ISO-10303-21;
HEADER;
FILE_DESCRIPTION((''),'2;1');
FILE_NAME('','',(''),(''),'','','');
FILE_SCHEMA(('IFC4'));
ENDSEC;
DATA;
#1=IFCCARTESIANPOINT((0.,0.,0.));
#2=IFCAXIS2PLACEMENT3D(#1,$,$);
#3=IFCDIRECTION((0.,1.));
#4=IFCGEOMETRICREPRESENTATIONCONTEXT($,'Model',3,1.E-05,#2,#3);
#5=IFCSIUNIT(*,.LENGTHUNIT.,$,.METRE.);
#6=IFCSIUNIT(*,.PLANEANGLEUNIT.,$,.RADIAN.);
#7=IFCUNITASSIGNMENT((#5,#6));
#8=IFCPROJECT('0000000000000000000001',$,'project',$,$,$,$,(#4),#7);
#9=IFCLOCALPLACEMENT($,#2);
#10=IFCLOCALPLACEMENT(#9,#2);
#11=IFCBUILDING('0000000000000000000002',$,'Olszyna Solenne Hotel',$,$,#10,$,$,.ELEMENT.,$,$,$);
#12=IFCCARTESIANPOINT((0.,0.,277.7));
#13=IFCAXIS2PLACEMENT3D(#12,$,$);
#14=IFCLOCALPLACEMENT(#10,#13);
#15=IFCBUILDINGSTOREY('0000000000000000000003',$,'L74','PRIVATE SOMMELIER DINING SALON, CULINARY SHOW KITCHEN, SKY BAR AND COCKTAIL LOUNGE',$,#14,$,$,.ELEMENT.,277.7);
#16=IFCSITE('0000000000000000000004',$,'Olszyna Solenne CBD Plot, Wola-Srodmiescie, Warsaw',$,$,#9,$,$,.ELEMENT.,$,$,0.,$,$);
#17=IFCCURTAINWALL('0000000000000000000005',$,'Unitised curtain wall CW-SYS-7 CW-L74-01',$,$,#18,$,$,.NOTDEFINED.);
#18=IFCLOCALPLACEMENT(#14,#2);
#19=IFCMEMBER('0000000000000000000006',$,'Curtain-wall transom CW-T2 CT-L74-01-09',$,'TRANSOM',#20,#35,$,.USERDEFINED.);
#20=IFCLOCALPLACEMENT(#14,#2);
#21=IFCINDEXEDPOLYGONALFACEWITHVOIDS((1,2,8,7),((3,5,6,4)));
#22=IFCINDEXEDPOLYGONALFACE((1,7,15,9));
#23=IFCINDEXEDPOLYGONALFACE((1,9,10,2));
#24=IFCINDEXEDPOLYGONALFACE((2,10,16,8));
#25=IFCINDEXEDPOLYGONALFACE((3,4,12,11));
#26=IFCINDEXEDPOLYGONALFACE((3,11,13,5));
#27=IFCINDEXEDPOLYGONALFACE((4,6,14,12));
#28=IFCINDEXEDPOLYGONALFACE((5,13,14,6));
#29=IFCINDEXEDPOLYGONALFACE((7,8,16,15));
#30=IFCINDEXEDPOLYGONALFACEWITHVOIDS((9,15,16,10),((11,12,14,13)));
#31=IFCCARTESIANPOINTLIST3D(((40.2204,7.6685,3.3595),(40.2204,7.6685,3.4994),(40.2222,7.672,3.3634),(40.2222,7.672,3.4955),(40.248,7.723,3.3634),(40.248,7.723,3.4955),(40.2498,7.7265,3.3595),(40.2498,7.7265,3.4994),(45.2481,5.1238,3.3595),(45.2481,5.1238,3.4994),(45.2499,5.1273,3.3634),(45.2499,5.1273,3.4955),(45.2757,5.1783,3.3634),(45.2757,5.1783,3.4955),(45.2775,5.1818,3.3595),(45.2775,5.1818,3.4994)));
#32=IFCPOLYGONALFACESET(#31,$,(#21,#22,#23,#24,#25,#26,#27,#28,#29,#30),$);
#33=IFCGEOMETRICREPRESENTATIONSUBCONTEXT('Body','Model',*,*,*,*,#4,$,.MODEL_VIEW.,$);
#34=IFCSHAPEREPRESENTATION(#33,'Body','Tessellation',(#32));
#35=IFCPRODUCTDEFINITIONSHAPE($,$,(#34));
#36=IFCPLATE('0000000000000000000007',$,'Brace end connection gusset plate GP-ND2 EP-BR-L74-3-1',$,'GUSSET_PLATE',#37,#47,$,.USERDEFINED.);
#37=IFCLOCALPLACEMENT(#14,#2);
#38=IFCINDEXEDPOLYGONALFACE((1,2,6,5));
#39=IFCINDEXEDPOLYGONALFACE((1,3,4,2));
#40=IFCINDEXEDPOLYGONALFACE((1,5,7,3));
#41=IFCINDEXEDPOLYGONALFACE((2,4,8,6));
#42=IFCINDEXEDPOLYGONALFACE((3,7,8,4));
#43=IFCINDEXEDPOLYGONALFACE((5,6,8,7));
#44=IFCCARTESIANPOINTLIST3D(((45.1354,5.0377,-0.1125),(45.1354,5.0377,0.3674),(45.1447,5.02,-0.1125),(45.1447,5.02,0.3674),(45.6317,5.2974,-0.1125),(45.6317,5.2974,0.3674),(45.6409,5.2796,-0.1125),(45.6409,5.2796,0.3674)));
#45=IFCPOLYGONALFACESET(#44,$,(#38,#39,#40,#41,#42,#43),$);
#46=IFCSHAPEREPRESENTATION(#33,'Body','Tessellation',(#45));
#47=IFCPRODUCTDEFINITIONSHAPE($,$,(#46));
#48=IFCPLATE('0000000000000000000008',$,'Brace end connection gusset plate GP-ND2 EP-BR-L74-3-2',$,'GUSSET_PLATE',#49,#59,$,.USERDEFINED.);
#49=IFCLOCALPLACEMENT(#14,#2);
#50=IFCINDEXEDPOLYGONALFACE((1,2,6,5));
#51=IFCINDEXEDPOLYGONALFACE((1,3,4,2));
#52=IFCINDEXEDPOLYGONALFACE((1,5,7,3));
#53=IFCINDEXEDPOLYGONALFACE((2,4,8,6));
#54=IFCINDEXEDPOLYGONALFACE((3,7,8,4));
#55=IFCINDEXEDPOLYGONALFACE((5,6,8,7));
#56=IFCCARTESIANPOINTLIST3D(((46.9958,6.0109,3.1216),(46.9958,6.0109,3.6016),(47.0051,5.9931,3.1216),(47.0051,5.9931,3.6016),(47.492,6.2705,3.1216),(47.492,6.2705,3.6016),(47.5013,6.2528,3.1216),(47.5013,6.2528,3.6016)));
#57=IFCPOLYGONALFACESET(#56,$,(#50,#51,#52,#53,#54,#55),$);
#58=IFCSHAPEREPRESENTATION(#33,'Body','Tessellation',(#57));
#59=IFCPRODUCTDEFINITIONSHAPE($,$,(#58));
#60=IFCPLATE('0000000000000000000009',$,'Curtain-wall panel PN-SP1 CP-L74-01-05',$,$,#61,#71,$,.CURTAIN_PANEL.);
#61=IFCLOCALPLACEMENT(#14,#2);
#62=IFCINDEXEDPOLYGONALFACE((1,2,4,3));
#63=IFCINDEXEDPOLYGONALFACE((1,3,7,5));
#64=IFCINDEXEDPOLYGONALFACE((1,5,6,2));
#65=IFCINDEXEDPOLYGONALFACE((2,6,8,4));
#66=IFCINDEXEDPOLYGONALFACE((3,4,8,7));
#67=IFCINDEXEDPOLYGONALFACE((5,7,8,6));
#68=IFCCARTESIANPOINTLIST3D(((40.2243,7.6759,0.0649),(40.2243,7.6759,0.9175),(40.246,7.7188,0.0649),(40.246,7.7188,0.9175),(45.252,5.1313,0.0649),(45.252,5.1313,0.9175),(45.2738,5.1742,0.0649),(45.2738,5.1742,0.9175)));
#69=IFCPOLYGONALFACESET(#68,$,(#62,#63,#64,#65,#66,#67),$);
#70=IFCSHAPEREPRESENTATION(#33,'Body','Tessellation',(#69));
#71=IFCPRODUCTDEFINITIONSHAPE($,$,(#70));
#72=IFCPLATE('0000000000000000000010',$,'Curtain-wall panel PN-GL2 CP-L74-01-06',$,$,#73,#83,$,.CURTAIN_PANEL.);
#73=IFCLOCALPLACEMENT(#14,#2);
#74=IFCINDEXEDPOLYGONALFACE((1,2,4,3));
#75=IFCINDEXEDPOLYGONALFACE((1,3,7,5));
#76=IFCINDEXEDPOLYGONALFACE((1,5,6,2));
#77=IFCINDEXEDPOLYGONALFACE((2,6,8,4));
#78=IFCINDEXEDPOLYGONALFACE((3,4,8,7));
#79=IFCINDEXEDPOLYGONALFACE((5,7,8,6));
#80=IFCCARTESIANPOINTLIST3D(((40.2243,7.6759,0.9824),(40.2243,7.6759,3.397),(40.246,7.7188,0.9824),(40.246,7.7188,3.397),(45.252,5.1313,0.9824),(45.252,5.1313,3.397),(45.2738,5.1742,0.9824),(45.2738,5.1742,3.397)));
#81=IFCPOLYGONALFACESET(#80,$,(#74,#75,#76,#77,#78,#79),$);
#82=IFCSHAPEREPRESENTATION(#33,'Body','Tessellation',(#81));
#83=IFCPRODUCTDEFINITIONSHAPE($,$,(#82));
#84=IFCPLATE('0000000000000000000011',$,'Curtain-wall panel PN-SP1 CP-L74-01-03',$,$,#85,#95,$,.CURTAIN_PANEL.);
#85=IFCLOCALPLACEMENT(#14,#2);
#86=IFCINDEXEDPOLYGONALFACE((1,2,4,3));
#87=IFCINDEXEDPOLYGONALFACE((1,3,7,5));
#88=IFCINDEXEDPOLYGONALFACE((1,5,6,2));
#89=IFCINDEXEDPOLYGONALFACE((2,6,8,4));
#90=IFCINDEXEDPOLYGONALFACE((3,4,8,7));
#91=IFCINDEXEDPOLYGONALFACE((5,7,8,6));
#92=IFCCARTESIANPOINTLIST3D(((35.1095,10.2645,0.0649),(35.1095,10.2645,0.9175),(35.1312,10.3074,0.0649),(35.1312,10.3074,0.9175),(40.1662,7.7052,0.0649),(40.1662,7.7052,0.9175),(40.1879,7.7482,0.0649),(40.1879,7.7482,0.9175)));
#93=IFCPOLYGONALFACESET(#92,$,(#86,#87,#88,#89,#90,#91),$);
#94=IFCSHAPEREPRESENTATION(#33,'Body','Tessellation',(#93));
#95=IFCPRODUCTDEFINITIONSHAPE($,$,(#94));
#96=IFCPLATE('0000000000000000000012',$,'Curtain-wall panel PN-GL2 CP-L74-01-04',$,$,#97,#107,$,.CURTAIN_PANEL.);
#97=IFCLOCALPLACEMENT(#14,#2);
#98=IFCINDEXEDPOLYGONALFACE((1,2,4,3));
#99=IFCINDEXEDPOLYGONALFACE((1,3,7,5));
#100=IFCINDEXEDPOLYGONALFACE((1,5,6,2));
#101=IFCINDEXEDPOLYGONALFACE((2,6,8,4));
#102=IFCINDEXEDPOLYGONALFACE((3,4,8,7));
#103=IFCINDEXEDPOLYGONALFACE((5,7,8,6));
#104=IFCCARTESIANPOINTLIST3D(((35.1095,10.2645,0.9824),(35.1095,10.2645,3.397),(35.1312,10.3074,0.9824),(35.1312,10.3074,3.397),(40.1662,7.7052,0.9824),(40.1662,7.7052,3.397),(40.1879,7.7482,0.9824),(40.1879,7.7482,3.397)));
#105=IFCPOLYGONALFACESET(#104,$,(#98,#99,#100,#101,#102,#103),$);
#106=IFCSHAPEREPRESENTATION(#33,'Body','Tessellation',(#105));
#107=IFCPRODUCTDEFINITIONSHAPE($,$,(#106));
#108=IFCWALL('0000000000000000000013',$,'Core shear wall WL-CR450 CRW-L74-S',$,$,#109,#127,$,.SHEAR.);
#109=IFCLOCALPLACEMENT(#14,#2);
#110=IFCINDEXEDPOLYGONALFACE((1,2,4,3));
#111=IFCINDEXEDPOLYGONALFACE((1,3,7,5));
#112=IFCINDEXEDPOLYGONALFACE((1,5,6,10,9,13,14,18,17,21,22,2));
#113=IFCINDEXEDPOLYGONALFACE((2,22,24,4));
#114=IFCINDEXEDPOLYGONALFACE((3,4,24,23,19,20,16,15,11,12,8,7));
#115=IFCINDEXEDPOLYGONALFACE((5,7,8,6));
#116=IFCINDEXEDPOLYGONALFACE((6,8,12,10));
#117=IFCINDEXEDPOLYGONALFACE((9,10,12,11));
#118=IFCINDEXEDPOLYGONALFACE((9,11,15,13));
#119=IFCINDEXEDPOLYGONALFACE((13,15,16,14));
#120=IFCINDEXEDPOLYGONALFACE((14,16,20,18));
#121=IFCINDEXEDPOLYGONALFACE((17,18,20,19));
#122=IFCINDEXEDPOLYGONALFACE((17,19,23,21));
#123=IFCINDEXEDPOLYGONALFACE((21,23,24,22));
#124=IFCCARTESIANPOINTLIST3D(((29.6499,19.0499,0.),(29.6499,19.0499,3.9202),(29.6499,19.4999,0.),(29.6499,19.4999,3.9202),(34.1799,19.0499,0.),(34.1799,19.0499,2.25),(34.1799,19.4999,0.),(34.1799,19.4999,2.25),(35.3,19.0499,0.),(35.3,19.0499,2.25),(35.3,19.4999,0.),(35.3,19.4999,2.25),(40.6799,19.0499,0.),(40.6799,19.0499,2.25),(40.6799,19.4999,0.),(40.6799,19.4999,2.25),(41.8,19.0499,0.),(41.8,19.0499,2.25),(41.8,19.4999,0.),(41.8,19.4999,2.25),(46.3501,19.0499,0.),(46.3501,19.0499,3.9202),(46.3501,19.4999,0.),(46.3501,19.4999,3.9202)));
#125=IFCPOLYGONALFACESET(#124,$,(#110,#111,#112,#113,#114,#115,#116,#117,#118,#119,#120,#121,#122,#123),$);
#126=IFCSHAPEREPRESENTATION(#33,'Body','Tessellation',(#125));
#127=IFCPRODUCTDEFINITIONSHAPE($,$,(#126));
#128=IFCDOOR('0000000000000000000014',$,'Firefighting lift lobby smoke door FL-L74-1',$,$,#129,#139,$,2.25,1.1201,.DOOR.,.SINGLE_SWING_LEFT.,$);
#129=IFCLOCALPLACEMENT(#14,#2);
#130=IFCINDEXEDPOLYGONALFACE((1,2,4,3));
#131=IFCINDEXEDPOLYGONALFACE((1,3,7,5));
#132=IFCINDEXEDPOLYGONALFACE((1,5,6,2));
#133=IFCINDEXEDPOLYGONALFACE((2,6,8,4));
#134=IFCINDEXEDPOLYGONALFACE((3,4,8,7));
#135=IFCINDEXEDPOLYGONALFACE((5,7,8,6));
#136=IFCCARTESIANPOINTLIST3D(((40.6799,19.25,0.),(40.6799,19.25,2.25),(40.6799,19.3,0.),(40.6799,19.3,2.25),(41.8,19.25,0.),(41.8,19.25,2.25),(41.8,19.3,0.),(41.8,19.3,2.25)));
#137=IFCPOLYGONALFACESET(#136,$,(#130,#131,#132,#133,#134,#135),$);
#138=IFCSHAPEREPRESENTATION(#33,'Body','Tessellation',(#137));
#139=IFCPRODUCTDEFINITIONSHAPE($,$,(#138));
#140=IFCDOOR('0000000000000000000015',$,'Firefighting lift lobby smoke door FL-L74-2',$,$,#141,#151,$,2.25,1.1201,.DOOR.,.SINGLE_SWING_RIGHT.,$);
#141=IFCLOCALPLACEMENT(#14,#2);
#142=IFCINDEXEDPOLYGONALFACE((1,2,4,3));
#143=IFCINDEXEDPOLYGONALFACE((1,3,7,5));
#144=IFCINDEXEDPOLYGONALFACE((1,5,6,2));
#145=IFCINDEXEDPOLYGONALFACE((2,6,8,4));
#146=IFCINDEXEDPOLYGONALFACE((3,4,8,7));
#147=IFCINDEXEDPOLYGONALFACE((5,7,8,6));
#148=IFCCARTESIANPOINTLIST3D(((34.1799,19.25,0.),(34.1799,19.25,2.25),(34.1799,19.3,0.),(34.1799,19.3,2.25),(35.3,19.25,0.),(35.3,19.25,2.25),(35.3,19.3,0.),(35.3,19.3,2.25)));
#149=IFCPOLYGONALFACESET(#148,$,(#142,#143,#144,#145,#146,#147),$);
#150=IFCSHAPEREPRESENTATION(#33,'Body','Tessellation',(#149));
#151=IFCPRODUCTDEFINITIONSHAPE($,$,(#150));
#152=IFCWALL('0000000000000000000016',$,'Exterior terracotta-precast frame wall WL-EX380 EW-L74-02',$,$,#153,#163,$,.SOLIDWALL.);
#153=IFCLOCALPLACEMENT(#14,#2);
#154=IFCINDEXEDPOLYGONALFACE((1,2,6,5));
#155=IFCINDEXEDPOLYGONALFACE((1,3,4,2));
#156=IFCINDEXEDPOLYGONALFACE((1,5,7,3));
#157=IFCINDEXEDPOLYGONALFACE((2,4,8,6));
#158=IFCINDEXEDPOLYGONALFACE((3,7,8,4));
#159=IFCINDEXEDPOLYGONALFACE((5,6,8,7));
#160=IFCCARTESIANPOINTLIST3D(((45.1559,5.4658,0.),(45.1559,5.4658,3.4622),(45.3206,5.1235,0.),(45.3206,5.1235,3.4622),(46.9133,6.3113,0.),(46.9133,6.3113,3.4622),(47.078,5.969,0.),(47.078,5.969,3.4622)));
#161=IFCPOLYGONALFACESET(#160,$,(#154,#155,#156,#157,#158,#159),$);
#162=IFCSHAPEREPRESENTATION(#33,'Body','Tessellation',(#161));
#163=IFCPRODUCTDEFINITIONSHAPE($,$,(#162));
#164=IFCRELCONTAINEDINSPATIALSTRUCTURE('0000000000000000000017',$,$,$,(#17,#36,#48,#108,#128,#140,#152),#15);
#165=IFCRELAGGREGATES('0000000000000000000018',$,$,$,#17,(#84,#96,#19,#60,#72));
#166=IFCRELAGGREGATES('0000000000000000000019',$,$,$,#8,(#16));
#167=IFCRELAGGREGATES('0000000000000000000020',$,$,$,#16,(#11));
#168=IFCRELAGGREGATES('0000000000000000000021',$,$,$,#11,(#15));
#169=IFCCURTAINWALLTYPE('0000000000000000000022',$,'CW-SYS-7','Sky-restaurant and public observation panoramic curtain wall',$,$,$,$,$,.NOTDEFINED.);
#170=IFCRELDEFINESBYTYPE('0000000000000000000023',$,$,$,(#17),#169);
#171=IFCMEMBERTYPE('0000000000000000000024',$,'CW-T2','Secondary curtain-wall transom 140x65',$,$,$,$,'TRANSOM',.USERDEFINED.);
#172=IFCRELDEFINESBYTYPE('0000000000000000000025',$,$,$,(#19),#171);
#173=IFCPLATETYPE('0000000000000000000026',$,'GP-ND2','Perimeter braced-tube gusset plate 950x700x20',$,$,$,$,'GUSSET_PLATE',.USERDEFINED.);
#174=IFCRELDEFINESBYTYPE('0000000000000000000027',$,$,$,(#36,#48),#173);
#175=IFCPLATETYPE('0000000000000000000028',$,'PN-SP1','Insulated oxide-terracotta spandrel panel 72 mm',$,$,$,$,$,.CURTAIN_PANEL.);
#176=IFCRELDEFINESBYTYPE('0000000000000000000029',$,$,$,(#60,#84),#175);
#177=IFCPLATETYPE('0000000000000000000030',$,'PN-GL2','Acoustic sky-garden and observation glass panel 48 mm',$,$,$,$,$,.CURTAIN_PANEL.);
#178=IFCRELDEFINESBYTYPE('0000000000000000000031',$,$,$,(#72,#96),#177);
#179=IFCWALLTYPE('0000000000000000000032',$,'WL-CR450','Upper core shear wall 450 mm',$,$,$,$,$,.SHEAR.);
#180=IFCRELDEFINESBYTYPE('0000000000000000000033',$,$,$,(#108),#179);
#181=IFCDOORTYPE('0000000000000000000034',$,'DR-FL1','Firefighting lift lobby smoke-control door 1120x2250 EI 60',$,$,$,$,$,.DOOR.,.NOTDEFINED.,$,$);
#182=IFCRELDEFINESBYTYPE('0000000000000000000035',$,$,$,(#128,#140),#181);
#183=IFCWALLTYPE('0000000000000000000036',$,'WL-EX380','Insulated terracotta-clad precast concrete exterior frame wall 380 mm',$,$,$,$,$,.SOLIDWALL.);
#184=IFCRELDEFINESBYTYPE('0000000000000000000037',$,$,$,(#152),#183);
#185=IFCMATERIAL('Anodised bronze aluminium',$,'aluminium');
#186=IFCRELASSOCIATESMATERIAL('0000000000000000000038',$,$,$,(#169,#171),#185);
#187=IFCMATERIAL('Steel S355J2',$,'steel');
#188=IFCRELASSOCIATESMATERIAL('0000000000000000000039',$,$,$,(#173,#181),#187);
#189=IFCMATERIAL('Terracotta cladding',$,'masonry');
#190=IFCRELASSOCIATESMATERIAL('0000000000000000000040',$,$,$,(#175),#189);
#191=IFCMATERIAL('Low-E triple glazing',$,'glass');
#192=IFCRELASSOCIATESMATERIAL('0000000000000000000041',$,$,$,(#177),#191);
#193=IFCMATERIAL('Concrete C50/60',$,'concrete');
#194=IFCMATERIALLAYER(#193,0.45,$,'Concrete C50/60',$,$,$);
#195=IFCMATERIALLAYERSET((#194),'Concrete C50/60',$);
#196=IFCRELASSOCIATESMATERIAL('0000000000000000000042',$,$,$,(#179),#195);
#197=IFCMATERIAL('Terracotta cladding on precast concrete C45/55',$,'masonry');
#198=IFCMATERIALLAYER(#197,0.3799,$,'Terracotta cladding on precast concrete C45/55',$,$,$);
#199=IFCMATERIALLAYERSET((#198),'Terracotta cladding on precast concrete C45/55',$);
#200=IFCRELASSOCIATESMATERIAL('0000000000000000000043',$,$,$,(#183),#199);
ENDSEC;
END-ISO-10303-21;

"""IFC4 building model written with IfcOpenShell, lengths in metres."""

from ifc_helpers import new_model, si_unit, direction, frame, frame_2d, origin, origin_2d, place, context, subcontext, project, spatial, rectangle, hollow_rectangle, extrude, source, transform, mapped, material, layer, layer_set, material_profile, profile_set, type_object, type_shapes, element, fill, aggregate, save


model = new_model("IFC4")

# Units and contexts
model_context = context("Model", 3, precision=1e-05, world=origin(), true_north=direction((0.0, 1.0)))
body_context = subcontext(model_context, "Body", "Model", "MODEL_VIEW")
ifc_project = project(units=[si_unit("LENGTHUNIT", "METRE"), si_unit("PLANEANGLEUNIT", "RADIAN")], contexts=[model_context])

# Site, building, storey
site_placement = place(None, origin())
site = spatial("IfcSite", under=ifc_project, at=site_placement, Name="Olszyna Solenne CBD Plot, Wola-Srodmiescie, Warsaw", CompositionType="ELEMENT", RefElevation=0.0)
building_placement = place(site_placement, origin())
building = spatial("IfcBuilding", under=site, at=building_placement, Name="Olszyna Solenne Hotel", CompositionType="ELEMENT")
storey_placement = place(building_placement, frame((0.0, 0.0, 277.7)))
storey = spatial("IfcBuildingStorey", under=building, at=storey_placement, Name="L74", Description="PRIVATE SOMMELIER DINING SALON, CULINARY SHOW KITCHEN, SKY BAR AND COCKTAIL LOUNGE", CompositionType="ELEMENT", Elevation=277.7)

# Shared definitions
ifc_material_1 = material(Name="Steel S355J2", Category="steel")

# Curtain wall, member
ifc_material_2 = material(Name="Anodised bronze aluminium", Category="aluminium")
curtain_wall_type = type_object("IfcCurtainWallType", Name="CW-SYS-7", Description="Sky-restaurant and public observation panoramic curtain wall", PredefinedType="NOTDEFINED", material=ifc_material_2)
curtain_wall_placement = place(storey_placement, origin())
curtain_wall = element("IfcCurtainWall", 1, at=curtain_wall_placement, inside=storey, type_object=curtain_wall_type, Name="Unitised curtain wall CW-SYS-7 CW-L74-01", PredefinedType="NOTDEFINED")
ifc_material_profile_1 = material_profile(ifc_material_2, hollow_rectangle(XDim=0.0649, YDim=0.1399, WallThickness=0.0039, at=origin_2d()), Name="TRAN 140x65x4", Category="load-bearing")
ifc_profile_set_1 = profile_set([ifc_material_profile_1], Name="Anodised bronze aluminium")
member_type_1 = type_object("IfcMemberType", Name="CW-T2", Description="Secondary curtain-wall transom 140x65", ElementType="TRANSOM", PredefinedType="USERDEFINED", material=ifc_profile_set_1)
shared_shape_1 = source(origin(), body_context, "Body", "SweptSolid", [
    extrude(hollow_rectangle(XDim=0.0649, YDim=0.1399, WallThickness=0.0039, at=origin_2d()), origin(), (0.0, 0.0, 1.0), 5.635),
])
member_1_placement = place(storey_placement, frame((40.2351, 7.6975, 3.4294), z_axis=(0.892224, -0.451593, 0.0), x_axis=(0.451593, 0.892224, 0.0)))
member_1 = element("IfcMember", 2, at=member_1_placement, type_object=member_type_1, Name="Curtain-wall transom CW-T2 CT-L74-01-09", ObjectType="TRANSOM", PredefinedType="USERDEFINED", context=body_context, shape_type="MappedRepresentation", body=[
    mapped(shared_shape_1, transform((0.0, 0.0, 0.0), x_axis=(1.0, 0.0, 0.0), y_axis=(0.0, 1.0, 0.0), z_axis=(0.0, 0.0, 1.0), scale=1.0)),
])

# Plates
plate_type_1 = type_object("IfcPlateType", Name="GP-ND2", Description="Perimeter braced-tube gusset plate 950x700x20", ElementType="GUSSET_PLATE", PredefinedType="USERDEFINED", material=ifc_material_1)
shared_shape_2 = source(origin(), body_context, "Body", "SweptSolid", [
    extrude(rectangle(XDim=0.5601, YDim=0.02, at=origin_2d()), origin(), (0.0, 0.0, 1.0), 0.48),
])
for number, where, z_axis, x_axis, name in (
    (3, (45.3882, 5.1587, -0.1125), (0.0, 0.0, 1.0), (0.886042, 0.463605, 0.0), "Brace end connection gusset plate GP-ND2 EP-BR-L74-3-1"),
    (4, (47.2485, 6.1318, 3.1216), (0.0, 0.0, 1.0), (0.886042, 0.463605, 0.0), "Brace end connection gusset plate GP-ND2 EP-BR-L74-3-2"),
):
    element("IfcPlate", number, at=place(storey_placement, frame(where, z_axis=z_axis, x_axis=x_axis)), inside=storey, type_object=plate_type_1, Name=name, ObjectType="GUSSET_PLATE", PredefinedType="USERDEFINED", context=body_context, shape_type="MappedRepresentation", body=[
        mapped(shared_shape_2, transform((0.0, 0.0, 0.0), x_axis=(1.0, 0.0, 0.0), y_axis=(0.0, 1.0, 0.0), z_axis=(0.0, 0.0, 1.0), scale=1.0)),
    ])

# Plates
ifc_material_3 = material(Name="Terracotta cladding", Category="masonry")
plate_type_2 = type_object("IfcPlateType", Name="PN-SP1", Description="Insulated oxide-terracotta spandrel panel 72 mm", PredefinedType="CURTAIN_PANEL", material=ifc_material_3)
shared_shape_3 = source(origin(), body_context, "Body", "SweptSolid", [
    extrude(rectangle(XDim=5.635, YDim=0.0481, at=origin_2d()), origin(), (0.0, 0.0, 1.0), 0.8525),
])
plate_1_placement = place(storey_placement, frame((42.749, 6.425, 0.0649), z_axis=(0.0, 0.0, 1.0), x_axis=(0.892234, -0.451574, 0.0)))
plate_1 = element("IfcPlate", 5, at=plate_1_placement, type_object=plate_type_2, Name="Curtain-wall panel PN-SP1 CP-L74-01-05", PredefinedType="CURTAIN_PANEL", context=body_context, shape_type="MappedRepresentation", body=[
    mapped(shared_shape_3, transform((0.0, 0.0, 0.0), x_axis=(1.0, 0.0, 0.0), y_axis=(0.0, 1.0, 0.0), z_axis=(0.0, 0.0, 1.0), scale=1.0)),
])
ifc_material_4 = material(Name="Low-E triple glazing", Category="glass")
plate_type_3 = type_object("IfcPlateType", Name="PN-GL2", Description="Acoustic sky-garden and observation glass panel 48 mm", PredefinedType="CURTAIN_PANEL", material=ifc_material_4)
shared_shape_4 = source(origin(), body_context, "Body", "SweptSolid", [
    extrude(rectangle(XDim=5.635, YDim=0.0481, at=origin_2d()), origin(), (0.0, 0.0, 1.0), 2.4146),
])
plate_2_placement = place(storey_placement, frame((42.749, 6.425, 0.9824), z_axis=(0.0, 0.0, 1.0), x_axis=(0.892234, -0.451574, 0.0)))
plate_2 = element("IfcPlate", 6, at=plate_2_placement, type_object=plate_type_3, Name="Curtain-wall panel PN-GL2 CP-L74-01-06", PredefinedType="CURTAIN_PANEL", context=body_context, shape_type="MappedRepresentation", body=[
    mapped(shared_shape_4, transform((0.0, 0.0, 0.0), x_axis=(1.0, 0.0, 0.0), y_axis=(0.0, 1.0, 0.0), z_axis=(0.0, 0.0, 1.0), scale=1.0)),
])
shared_shape_5 = source(origin(), body_context, "Body", "SweptSolid", [
    extrude(rectangle(XDim=5.6675, YDim=0.0481, at=origin_2d()), origin(), (0.0, 0.0, 1.0), 0.8525),
])
plate_3_placement = place(storey_placement, frame((37.6487, 9.0063, 0.0649), z_axis=(0.0, 0.0, 1.0), x_axis=(0.892234, -0.451574, 0.0)))
plate_3 = element("IfcPlate", 7, at=plate_3_placement, type_object=plate_type_2, Name="Curtain-wall panel PN-SP1 CP-L74-01-03", PredefinedType="CURTAIN_PANEL", context=body_context, shape_type="MappedRepresentation", body=[
    mapped(shared_shape_5, transform((0.0, 0.0, 0.0), x_axis=(1.0, 0.0, 0.0), y_axis=(0.0, 1.0, 0.0), z_axis=(0.0, 0.0, 1.0), scale=1.0)),
])
shared_shape_6 = source(origin(), body_context, "Body", "SweptSolid", [
    extrude(rectangle(XDim=5.6675, YDim=0.0481, at=origin_2d()), origin(), (0.0, 0.0, 1.0), 2.4146),
])
plate_4_placement = place(storey_placement, frame((37.6487, 9.0063, 0.9824), z_axis=(0.0, 0.0, 1.0), x_axis=(0.892234, -0.451574, 0.0)))
plate_4 = element("IfcPlate", 8, at=plate_4_placement, type_object=plate_type_3, Name="Curtain-wall panel PN-GL2 CP-L74-01-04", PredefinedType="CURTAIN_PANEL", context=body_context, shape_type="MappedRepresentation", body=[
    mapped(shared_shape_6, transform((0.0, 0.0, 0.0), x_axis=(1.0, 0.0, 0.0), y_axis=(0.0, 1.0, 0.0), z_axis=(0.0, 0.0, 1.0), scale=1.0)),
])
aggregate(curtain_wall, [plate_3, plate_4, member_1, plate_1, plate_2])

# Wall, openings, doors
ifc_material_5 = material(Name="Concrete C50/60", Category="concrete")
ifc_layer_1 = layer(ifc_material_5, 0.45, Name="Concrete C50/60")
ifc_layer_set_1 = layer_set([ifc_layer_1], Name="Concrete C50/60")
wall_type_1 = type_object("IfcWallType", Name="WL-CR450", Description="Upper core shear wall 450 mm", PredefinedType="SHEAR", material=ifc_layer_set_1)
wall_1_placement = place(storey_placement, frame((46.3501, 19.2749, 0.0), z_axis=(0.0, 0.0, 1.0), x_axis=(-1.0, 0.0, 0.0)))
wall_1 = element("IfcWall", 9, at=wall_1_placement, inside=storey, type_object=wall_type_1, Name="Core shear wall WL-CR450 CRW-L74-S", PredefinedType="SHEAR", context=body_context, shape_type="SweptSolid", body=[
    extrude(rectangle(XDim=16.7002, YDim=0.45, at=frame_2d((8.3501, 0.0))), origin(), (0.0, 0.0, 1.0), 3.9202),
])
opening_1_placement = place(wall_1_placement, frame((4.55, 0.0, 0.0)))
opening_1 = element("IfcOpeningElement", 10, at=opening_1_placement, cuts=wall_1, PredefinedType="OPENING", context=body_context, shape_type="SweptSolid", body=[
    extrude(rectangle(XDim=1.1201, YDim=2.25, at=frame_2d((0.5601, 1.125))), frame((0.0, 0.2349, 0.0), z_axis=(0.0, -1.0, 0.0), x_axis=(1.0, 0.0, 0.0)), (0.0, 0.0, 1.0), 0.47),
])
opening_2_placement = place(wall_1_placement, frame((11.05, 0.0, 0.0)))
opening_2 = element("IfcOpeningElement", 11, at=opening_2_placement, cuts=wall_1, PredefinedType="OPENING", context=body_context, shape_type="SweptSolid", body=[
    extrude(rectangle(XDim=1.1201, YDim=2.25, at=frame_2d((0.5601, 1.125))), frame((0.0, 0.2349, 0.0), z_axis=(0.0, -1.0, 0.0), x_axis=(1.0, 0.0, 0.0)), (0.0, 0.0, 1.0), 0.47),
])
door_type = type_object("IfcDoorType", Name="DR-FL1", Description="Firefighting lift lobby smoke-control door 1120x2250 EI 60", OperationType="NOTDEFINED", PredefinedType="DOOR", material=ifc_material_1)
shared_shape_7 = source(origin(), body_context, "Body", "SweptSolid", [
    extrude(rectangle(XDim=1.1201, YDim=2.25, at=frame_2d((0.5601, 1.125))), frame((0.0, 0.0249, 0.0), z_axis=(0.0, -1.0, 0.0), x_axis=(1.0, 0.0, 0.0)), (0.0, 0.0, 1.0), 0.05),
])
type_shapes(door_type, [shared_shape_7])
door_1_placement = place(opening_1_placement, origin())
door_1 = element("IfcDoor", 12, at=door_1_placement, inside=storey, type_object=door_type, Name="Firefighting lift lobby smoke door FL-L74-1", OperationType="SINGLE_SWING_LEFT", OverallHeight=2.25, OverallWidth=1.1201, PredefinedType="DOOR", context=body_context, shape_type="MappedRepresentation", body=[
    mapped(shared_shape_7, transform((0.0, 0.0, 0.0), x_axis=(1.0, 0.0, 0.0), y_axis=(0.0, 1.0, 0.0), z_axis=(0.0, 0.0, 1.0), scale=1.0)),
])
fill(opening_1, door_1)
door_2_placement = place(opening_2_placement, origin())
door_2 = element("IfcDoor", 13, at=door_2_placement, inside=storey, type_object=door_type, Name="Firefighting lift lobby smoke door FL-L74-2", OperationType="SINGLE_SWING_RIGHT", OverallHeight=2.25, OverallWidth=1.1201, PredefinedType="DOOR", context=body_context, shape_type="MappedRepresentation", body=[
    mapped(shared_shape_7, transform((0.0, 0.0, 0.0), x_axis=(1.0, 0.0, 0.0), y_axis=(0.0, 1.0, 0.0), z_axis=(0.0, 0.0, 1.0), scale=1.0)),
])
fill(opening_2, door_2)

# Wall
ifc_material_6 = material(Name="Terracotta cladding on precast concrete C45/55", Category="masonry")
ifc_layer_2 = layer(ifc_material_6, 0.3799, Name="Terracotta cladding on precast concrete C45/55")
ifc_layer_set_2 = layer_set([ifc_layer_2], Name="Terracotta cladding on precast concrete C45/55")
wall_type_2 = type_object("IfcWallType", Name="WL-EX380", Description="Insulated terracotta-clad precast concrete exterior frame wall 380 mm", PredefinedType="SOLIDWALL", material=ifc_layer_set_2)
wall_2_placement = place(storey_placement, frame((46.9956, 6.1401, 0.0), z_axis=(0.0, 0.0, 1.0), x_axis=(-0.901134, -0.433541, 0.0)))
element("IfcWall", 14, at=wall_2_placement, inside=storey, type_object=wall_type_2, Name="Exterior terracotta-precast frame wall WL-EX380 EW-L74-02", PredefinedType="SOLIDWALL", context=body_context, shape_type="SweptSolid", body=[
    extrude(rectangle(XDim=1.9502, YDim=0.3799, at=frame_2d((0.9751, 0.0))), origin(), (0.0, 0.0, 1.0), 3.4622),
])

save(model, "model.ifc")
